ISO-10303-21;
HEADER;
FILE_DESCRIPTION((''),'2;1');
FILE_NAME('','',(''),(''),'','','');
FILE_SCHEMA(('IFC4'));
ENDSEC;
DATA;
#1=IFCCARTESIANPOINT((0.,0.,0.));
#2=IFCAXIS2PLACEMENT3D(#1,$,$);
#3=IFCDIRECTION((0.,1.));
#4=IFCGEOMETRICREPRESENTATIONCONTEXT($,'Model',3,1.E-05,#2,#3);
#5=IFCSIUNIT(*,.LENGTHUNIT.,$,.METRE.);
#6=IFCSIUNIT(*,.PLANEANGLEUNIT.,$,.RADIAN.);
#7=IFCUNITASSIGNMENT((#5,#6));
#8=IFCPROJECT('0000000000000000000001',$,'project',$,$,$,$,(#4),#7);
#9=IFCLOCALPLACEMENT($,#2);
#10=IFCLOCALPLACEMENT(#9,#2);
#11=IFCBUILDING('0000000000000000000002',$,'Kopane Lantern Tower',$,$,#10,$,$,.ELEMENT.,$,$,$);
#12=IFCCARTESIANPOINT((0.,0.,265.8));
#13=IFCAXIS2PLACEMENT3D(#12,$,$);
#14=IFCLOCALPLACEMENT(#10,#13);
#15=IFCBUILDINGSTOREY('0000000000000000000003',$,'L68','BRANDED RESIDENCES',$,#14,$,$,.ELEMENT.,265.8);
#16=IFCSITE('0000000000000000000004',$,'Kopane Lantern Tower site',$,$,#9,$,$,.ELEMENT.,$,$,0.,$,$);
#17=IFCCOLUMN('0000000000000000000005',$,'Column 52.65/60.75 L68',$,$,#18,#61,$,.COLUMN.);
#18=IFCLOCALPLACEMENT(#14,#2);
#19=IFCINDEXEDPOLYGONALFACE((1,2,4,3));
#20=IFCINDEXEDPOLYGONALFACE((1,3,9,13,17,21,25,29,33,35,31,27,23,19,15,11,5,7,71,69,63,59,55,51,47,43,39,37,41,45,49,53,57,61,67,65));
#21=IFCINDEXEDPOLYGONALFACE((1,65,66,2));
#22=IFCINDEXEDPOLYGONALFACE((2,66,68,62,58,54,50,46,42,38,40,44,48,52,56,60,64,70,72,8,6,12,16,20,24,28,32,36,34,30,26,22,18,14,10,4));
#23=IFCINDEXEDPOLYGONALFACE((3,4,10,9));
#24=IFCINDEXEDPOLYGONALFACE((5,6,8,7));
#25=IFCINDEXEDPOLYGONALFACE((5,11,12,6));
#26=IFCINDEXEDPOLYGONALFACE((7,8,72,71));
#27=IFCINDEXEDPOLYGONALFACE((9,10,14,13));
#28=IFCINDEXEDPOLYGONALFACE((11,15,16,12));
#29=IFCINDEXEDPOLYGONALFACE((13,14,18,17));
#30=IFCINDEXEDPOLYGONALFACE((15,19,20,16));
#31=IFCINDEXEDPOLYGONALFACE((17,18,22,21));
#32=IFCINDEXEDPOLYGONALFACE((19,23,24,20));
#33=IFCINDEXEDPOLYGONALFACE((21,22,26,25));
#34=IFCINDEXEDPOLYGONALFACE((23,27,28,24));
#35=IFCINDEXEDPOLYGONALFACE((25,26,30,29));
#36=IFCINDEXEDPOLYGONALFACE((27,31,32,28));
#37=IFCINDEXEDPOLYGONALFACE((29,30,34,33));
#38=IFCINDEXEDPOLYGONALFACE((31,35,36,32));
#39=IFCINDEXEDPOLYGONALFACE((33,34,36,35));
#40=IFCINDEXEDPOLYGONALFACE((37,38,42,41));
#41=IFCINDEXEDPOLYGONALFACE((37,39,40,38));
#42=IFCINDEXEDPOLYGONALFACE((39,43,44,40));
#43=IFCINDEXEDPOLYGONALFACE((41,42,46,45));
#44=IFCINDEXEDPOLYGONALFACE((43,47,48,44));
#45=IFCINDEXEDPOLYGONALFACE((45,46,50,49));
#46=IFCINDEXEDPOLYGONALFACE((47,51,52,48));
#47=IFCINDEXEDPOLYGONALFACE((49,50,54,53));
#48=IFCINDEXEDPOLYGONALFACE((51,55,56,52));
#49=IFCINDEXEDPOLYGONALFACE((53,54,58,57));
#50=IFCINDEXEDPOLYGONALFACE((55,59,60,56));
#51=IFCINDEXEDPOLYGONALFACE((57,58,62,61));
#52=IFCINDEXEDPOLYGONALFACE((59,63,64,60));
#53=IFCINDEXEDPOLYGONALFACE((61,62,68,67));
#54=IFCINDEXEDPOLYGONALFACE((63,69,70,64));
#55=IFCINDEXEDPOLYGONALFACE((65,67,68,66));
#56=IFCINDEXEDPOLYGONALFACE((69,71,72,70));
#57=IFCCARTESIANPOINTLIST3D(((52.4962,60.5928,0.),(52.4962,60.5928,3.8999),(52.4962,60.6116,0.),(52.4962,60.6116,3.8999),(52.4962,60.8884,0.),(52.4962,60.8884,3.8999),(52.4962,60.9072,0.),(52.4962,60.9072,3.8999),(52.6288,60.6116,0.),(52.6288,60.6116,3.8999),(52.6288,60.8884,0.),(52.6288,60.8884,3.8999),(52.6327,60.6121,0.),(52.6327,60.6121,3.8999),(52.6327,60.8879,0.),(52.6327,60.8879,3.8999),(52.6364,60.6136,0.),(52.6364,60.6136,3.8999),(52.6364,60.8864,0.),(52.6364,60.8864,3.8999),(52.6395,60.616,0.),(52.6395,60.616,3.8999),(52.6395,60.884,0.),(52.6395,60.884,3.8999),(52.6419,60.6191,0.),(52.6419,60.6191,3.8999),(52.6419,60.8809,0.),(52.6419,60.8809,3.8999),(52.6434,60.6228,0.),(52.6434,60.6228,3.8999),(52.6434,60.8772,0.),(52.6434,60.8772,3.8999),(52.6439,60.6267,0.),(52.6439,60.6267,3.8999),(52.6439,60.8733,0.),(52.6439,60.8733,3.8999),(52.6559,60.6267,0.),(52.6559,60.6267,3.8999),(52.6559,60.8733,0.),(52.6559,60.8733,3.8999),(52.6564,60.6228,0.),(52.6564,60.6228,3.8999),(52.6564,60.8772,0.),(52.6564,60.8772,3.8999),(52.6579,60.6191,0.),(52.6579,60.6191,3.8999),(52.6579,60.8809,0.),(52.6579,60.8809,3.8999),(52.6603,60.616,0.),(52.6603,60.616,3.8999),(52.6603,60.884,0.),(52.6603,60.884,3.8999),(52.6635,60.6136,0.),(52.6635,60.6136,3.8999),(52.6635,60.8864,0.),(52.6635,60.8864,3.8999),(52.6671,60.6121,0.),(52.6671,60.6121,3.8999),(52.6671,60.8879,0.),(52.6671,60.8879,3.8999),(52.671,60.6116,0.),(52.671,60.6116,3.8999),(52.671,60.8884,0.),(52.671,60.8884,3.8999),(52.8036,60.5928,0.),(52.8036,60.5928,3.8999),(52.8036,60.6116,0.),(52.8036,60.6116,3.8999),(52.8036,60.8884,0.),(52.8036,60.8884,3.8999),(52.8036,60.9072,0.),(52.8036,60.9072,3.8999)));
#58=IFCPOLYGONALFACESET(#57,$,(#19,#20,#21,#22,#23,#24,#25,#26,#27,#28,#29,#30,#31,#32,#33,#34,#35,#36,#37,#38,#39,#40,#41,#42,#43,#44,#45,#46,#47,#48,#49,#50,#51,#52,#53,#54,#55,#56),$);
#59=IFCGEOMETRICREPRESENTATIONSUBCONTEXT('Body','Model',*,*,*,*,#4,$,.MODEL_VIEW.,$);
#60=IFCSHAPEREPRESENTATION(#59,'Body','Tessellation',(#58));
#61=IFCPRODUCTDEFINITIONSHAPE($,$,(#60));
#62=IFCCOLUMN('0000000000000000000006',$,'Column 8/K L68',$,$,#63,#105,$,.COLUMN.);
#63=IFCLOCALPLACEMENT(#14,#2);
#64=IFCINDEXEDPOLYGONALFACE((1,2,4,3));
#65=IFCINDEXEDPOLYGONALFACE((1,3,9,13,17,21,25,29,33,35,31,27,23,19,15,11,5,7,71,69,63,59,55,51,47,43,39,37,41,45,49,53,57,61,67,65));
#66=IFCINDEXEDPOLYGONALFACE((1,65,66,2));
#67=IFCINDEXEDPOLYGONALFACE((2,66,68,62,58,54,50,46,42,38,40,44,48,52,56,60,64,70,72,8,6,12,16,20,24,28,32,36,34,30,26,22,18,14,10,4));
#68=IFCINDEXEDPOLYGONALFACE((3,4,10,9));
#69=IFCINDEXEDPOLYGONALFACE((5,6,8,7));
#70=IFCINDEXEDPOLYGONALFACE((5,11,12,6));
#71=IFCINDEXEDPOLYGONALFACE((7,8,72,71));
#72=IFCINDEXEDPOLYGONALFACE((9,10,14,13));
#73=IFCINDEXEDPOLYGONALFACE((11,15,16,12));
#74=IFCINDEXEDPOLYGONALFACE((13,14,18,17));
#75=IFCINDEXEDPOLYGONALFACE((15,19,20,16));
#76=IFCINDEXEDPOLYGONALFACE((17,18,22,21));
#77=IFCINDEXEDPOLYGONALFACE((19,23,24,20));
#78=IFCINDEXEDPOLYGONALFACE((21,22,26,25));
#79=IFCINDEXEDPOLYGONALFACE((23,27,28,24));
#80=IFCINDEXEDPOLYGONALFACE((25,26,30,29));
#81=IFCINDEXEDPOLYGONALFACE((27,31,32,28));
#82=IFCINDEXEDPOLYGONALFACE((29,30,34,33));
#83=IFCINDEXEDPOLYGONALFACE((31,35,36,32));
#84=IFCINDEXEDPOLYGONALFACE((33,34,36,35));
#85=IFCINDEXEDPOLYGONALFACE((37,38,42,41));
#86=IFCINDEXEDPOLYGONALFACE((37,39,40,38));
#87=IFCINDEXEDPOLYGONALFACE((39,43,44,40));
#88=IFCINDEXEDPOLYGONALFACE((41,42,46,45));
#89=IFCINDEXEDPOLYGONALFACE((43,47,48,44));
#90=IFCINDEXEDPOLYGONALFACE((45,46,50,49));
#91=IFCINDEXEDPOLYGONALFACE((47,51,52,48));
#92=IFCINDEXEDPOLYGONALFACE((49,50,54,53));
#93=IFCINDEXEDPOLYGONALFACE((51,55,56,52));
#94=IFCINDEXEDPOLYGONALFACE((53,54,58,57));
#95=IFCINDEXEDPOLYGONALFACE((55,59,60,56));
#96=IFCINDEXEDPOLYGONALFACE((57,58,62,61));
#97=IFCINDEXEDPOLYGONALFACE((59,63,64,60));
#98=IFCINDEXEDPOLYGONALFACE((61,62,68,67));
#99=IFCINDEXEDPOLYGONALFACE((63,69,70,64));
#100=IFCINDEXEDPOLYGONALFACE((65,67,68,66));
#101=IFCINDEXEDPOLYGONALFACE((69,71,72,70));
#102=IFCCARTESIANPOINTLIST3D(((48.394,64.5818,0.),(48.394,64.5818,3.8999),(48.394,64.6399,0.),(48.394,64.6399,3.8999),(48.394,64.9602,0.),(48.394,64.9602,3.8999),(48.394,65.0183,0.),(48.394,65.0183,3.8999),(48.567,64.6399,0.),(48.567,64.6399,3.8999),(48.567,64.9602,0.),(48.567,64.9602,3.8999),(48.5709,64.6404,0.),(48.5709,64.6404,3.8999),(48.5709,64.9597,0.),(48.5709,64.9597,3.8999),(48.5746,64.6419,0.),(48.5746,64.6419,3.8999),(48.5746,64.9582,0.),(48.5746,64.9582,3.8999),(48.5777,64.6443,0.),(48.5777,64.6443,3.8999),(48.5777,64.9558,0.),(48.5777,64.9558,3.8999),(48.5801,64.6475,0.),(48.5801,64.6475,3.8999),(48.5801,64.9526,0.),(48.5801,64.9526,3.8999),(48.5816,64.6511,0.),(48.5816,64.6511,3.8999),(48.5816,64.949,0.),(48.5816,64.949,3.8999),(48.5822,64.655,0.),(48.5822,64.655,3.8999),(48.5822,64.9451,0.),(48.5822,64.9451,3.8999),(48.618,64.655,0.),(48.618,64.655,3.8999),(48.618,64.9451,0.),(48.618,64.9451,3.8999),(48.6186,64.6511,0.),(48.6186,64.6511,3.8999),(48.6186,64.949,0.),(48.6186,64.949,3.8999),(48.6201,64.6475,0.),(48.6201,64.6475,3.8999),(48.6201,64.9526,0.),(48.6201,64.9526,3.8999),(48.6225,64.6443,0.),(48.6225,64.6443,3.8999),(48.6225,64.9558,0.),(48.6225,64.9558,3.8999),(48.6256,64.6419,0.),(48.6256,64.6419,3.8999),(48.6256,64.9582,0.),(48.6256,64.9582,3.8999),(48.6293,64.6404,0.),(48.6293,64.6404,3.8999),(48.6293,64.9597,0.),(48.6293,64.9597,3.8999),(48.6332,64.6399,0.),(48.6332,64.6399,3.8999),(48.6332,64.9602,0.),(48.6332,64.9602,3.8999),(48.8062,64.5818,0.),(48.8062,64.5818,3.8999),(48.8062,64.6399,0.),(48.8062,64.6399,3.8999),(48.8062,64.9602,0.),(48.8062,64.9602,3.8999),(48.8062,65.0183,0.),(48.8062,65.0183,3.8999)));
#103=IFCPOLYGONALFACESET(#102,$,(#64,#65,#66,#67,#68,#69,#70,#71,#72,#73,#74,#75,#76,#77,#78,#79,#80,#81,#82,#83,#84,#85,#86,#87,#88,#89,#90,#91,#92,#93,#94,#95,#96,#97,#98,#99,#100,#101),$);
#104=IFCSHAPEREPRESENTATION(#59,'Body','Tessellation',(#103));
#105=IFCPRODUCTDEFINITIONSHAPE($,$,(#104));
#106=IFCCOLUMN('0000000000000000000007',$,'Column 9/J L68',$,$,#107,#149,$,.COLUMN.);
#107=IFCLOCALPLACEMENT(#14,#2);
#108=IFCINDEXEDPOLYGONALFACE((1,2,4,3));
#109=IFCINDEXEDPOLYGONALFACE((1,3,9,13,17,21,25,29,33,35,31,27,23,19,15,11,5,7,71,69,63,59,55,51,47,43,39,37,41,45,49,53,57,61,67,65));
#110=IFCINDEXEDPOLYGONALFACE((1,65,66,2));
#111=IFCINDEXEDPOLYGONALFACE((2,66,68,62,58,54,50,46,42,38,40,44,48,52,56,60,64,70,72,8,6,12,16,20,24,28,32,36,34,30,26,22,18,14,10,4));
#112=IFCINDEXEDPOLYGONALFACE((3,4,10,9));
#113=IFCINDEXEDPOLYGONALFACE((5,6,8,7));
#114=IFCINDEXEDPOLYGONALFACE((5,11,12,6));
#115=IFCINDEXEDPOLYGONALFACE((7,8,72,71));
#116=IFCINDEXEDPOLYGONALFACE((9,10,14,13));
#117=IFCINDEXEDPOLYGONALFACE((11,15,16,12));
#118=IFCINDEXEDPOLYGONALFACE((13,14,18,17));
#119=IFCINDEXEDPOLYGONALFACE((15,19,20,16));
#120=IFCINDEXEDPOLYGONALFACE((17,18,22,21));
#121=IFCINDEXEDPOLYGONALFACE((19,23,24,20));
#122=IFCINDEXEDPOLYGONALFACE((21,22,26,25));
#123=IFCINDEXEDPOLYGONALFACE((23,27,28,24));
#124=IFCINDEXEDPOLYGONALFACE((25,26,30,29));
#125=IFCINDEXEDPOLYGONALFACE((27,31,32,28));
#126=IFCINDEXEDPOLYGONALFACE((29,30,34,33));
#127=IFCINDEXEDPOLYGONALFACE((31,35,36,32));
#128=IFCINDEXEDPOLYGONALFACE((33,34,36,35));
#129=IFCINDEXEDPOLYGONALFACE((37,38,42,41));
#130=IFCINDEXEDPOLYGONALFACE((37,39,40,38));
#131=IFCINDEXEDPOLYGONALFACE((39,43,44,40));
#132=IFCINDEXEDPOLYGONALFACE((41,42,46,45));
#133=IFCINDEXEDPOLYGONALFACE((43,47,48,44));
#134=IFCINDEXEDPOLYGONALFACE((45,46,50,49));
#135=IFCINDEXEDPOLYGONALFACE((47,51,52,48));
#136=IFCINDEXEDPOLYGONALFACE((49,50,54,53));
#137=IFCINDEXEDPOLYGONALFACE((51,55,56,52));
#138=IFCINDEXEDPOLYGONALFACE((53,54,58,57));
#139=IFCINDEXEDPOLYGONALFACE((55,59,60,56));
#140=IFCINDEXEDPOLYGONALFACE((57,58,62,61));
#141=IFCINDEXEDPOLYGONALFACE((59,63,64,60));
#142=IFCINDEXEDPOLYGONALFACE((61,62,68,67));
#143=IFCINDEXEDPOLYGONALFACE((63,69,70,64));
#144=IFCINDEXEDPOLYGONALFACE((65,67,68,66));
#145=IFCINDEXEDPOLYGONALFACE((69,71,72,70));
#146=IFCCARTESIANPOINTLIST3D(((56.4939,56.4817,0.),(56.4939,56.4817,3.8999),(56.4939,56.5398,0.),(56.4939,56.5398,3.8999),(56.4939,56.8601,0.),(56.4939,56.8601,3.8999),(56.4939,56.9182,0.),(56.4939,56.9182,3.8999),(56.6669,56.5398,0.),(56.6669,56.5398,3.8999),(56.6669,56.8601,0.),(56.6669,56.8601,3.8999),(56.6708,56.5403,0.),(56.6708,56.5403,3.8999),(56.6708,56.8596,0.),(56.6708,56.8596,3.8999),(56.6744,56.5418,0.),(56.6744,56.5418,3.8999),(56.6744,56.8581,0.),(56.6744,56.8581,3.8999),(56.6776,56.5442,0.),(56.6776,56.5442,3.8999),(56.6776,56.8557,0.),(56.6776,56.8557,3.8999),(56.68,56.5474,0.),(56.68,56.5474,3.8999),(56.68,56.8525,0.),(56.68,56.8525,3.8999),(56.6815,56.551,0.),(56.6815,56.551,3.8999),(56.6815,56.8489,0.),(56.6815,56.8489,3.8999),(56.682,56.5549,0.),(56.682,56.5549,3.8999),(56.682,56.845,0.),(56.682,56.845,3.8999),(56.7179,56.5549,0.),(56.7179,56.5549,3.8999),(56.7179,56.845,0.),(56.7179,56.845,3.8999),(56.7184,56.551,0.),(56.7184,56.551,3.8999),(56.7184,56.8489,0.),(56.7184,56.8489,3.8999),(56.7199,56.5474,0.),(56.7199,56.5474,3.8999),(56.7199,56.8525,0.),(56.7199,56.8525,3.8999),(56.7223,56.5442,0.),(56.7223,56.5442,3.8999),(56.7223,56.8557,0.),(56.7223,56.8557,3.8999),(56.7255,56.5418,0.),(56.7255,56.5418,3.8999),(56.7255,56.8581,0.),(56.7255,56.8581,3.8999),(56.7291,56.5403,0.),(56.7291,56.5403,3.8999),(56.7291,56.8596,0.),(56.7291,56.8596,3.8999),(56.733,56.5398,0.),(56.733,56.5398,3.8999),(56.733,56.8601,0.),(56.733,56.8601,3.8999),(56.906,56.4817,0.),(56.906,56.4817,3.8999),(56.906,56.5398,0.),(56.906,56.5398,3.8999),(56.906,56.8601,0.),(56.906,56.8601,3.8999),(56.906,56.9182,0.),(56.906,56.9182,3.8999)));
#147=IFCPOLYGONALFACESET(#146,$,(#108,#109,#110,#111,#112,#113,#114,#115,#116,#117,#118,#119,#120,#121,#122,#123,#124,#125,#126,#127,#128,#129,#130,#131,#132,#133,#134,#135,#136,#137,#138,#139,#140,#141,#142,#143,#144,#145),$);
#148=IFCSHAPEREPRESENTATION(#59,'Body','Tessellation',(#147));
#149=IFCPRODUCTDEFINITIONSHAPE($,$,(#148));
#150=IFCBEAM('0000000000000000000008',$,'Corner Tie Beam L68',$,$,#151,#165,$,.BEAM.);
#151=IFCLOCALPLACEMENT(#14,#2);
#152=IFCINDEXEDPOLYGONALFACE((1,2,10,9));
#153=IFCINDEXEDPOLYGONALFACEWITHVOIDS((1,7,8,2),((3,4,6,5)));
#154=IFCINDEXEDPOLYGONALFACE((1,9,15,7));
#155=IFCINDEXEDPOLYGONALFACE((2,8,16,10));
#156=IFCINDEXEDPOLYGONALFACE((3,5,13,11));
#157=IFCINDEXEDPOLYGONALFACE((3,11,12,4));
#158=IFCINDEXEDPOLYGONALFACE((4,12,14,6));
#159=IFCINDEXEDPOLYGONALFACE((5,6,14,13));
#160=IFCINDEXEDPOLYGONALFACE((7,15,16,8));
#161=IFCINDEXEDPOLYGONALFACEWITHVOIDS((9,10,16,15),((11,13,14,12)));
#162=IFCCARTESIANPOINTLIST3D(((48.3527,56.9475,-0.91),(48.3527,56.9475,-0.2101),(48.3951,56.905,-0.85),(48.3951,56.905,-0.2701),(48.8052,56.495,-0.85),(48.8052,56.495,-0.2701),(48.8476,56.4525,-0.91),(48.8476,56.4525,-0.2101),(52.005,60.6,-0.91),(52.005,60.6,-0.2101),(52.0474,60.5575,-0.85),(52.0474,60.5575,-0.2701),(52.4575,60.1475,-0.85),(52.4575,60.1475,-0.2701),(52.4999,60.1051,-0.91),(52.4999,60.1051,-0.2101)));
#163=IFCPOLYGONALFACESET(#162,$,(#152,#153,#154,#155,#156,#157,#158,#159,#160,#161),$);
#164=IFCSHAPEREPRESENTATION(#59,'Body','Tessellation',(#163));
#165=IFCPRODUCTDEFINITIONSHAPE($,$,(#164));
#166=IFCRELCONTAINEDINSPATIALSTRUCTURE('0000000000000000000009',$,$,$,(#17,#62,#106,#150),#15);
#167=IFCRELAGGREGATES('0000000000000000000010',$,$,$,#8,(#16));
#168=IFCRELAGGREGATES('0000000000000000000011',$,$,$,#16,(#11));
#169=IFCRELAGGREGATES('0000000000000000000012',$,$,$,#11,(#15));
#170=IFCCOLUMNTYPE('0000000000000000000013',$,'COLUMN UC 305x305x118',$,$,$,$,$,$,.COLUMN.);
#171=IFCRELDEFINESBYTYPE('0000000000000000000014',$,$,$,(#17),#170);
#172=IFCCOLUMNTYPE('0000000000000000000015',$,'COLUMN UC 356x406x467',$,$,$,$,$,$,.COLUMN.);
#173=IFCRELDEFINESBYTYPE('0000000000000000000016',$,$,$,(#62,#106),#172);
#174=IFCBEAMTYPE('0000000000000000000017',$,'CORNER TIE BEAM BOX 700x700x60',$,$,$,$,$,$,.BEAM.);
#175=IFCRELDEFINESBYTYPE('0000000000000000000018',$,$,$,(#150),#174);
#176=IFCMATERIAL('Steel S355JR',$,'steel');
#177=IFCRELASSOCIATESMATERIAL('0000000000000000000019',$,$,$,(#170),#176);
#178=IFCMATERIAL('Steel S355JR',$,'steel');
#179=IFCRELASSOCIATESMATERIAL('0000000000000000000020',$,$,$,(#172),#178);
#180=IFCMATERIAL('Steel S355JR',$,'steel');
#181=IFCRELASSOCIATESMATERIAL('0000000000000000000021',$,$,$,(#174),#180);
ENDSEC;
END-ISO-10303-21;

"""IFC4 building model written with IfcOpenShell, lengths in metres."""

from ifc_helpers import new_model, si_unit, direction, frame, origin, origin_2d, place, context, subcontext, project, spatial, hollow_rectangle, i_section, extrude, material, material_profile, profile_set, type_object, element, save


model = new_model("IFC4")

# Units and contexts
model_context = context("Model", 3, precision=1e-05, world=origin(), true_north=direction((0.0, 1.0)))
body_context = subcontext(model_context, "Body", "Model", "MODEL_VIEW")
ifc_project = project(units=[si_unit("LENGTHUNIT", "METRE"), si_unit("PLANEANGLEUNIT", "RADIAN")], contexts=[model_context])

# Site, building, storey
site_placement = place(None, origin())
site = spatial("IfcSite", under=ifc_project, at=site_placement, Name="Kopane Lantern Tower site", CompositionType="ELEMENT", RefElevation=0.0)
building_placement = place(site_placement, origin())
building = spatial("IfcBuilding", under=site, at=building_placement, Name="Kopane Lantern Tower", CompositionType="ELEMENT")
storey_placement = place(building_placement, frame((0.0, 0.0, 265.8)))
storey = spatial("IfcBuildingStorey", under=building, at=storey_placement, Name="L68", Description="BRANDED RESIDENCES", CompositionType="ELEMENT", Elevation=265.8)

# Columns
ifc_material_1 = material(Name="Steel S355JR", Category="steel")
ifc_material_profile_1 = material_profile(ifc_material_1, i_section(OverallWidth=0.3074, OverallDepth=0.3145, WebThickness=0.012, FlangeThickness=0.0188, FilletRadius=0.0151, at=origin_2d()), Name="UC 305x305x118")
ifc_profile_set_1 = profile_set([ifc_material_profile_1], Name="Steel S355JR")
column_type_1 = type_object("IfcColumnType", Name="COLUMN UC 305x305x118", PredefinedType="COLUMN", material=ifc_profile_set_1)
column_placement = place(storey_placement, frame((52.6499, 60.75, 0.0), z_axis=(0.0, 0.0, 1.0), x_axis=(1.0, 0.0, 0.0)))
element("IfcColumn", 1, at=column_placement, inside=storey, type_object=column_type_1, Name="Column 52.65/60.75 L68", PredefinedType="COLUMN", context=body_context, shape_type="SweptSolid", body=[
    extrude(i_section(OverallWidth=0.3074, OverallDepth=0.3145, WebThickness=0.012, FlangeThickness=0.0188, FilletRadius=0.0151, at=origin_2d()), origin(), (0.0, 0.0, 1.0), 3.8999),
])
ifc_material_2 = material(Name="Steel S355JR", Category="steel")
ifc_material_profile_2 = material_profile(ifc_material_2, i_section(OverallWidth=0.4121, OverallDepth=0.4365, WebThickness=0.0359, FlangeThickness=0.0581, FilletRadius=0.0151, at=origin_2d()), Name="UC 356x406x467")
ifc_profile_set_2 = profile_set([ifc_material_profile_2], Name="Steel S355JR")
column_type_2 = type_object("IfcColumnType", Name="COLUMN UC 356x406x467", PredefinedType="COLUMN", material=ifc_profile_set_2)
for number, where, z_axis, x_axis, name in (
    (2, (48.6001, 64.8, 0.0), (0.0, 0.0, 1.0), (1.0, 0.0, 0.0), "Column 8/K L68"),
    (3, (56.7, 56.7, 0.0), (0.0, 0.0, 1.0), (1.0, 0.0, 0.0), "Column 9/J L68"),
):
    element("IfcColumn", number, at=place(storey_placement, frame(where, z_axis=z_axis, x_axis=x_axis)), inside=storey, type_object=column_type_2, Name=name, PredefinedType="COLUMN", context=body_context, shape_type="SweptSolid", body=[
        extrude(i_section(OverallWidth=0.4121, OverallDepth=0.4365, WebThickness=0.0359, FlangeThickness=0.0581, FilletRadius=0.0151, at=origin_2d()), origin(), (0.0, 0.0, 1.0), 3.8999),
    ])

# Beam
ifc_material_3 = material(Name="Steel S355JR", Category="steel")
ifc_material_profile_3 = material_profile(ifc_material_3, hollow_rectangle(XDim=0.7, YDim=0.7, WallThickness=0.0601, at=origin_2d()), Name="BOX 700x700x60")
ifc_profile_set_3 = profile_set([ifc_material_profile_3], Name="Steel S355JR")
beam_type_1 = type_object("IfcBeamType", Name="CORNER TIE BEAM BOX 700x700x60", PredefinedType="BEAM", material=ifc_profile_set_3)
beam_1_placement = place(storey_placement, frame((52.2524, 60.3525, -0.5601), z_axis=(-0.707083, -0.70713, 0.0), x_axis=(0.70713, -0.707083, 0.0)))
element("IfcBeam", 4, at=beam_1_placement, inside=storey, type_object=beam_type_1, Name="Corner Tie Beam L68", PredefinedType="BEAM", context=body_context, shape_type="SweptSolid", body=[
    extrude(hollow_rectangle(XDim=0.7, YDim=0.7, WallThickness=0.0601, at=origin_2d()), origin(), (0.0, 0.0, 1.0), 5.1653),
])

save(model, "model.ifc")
